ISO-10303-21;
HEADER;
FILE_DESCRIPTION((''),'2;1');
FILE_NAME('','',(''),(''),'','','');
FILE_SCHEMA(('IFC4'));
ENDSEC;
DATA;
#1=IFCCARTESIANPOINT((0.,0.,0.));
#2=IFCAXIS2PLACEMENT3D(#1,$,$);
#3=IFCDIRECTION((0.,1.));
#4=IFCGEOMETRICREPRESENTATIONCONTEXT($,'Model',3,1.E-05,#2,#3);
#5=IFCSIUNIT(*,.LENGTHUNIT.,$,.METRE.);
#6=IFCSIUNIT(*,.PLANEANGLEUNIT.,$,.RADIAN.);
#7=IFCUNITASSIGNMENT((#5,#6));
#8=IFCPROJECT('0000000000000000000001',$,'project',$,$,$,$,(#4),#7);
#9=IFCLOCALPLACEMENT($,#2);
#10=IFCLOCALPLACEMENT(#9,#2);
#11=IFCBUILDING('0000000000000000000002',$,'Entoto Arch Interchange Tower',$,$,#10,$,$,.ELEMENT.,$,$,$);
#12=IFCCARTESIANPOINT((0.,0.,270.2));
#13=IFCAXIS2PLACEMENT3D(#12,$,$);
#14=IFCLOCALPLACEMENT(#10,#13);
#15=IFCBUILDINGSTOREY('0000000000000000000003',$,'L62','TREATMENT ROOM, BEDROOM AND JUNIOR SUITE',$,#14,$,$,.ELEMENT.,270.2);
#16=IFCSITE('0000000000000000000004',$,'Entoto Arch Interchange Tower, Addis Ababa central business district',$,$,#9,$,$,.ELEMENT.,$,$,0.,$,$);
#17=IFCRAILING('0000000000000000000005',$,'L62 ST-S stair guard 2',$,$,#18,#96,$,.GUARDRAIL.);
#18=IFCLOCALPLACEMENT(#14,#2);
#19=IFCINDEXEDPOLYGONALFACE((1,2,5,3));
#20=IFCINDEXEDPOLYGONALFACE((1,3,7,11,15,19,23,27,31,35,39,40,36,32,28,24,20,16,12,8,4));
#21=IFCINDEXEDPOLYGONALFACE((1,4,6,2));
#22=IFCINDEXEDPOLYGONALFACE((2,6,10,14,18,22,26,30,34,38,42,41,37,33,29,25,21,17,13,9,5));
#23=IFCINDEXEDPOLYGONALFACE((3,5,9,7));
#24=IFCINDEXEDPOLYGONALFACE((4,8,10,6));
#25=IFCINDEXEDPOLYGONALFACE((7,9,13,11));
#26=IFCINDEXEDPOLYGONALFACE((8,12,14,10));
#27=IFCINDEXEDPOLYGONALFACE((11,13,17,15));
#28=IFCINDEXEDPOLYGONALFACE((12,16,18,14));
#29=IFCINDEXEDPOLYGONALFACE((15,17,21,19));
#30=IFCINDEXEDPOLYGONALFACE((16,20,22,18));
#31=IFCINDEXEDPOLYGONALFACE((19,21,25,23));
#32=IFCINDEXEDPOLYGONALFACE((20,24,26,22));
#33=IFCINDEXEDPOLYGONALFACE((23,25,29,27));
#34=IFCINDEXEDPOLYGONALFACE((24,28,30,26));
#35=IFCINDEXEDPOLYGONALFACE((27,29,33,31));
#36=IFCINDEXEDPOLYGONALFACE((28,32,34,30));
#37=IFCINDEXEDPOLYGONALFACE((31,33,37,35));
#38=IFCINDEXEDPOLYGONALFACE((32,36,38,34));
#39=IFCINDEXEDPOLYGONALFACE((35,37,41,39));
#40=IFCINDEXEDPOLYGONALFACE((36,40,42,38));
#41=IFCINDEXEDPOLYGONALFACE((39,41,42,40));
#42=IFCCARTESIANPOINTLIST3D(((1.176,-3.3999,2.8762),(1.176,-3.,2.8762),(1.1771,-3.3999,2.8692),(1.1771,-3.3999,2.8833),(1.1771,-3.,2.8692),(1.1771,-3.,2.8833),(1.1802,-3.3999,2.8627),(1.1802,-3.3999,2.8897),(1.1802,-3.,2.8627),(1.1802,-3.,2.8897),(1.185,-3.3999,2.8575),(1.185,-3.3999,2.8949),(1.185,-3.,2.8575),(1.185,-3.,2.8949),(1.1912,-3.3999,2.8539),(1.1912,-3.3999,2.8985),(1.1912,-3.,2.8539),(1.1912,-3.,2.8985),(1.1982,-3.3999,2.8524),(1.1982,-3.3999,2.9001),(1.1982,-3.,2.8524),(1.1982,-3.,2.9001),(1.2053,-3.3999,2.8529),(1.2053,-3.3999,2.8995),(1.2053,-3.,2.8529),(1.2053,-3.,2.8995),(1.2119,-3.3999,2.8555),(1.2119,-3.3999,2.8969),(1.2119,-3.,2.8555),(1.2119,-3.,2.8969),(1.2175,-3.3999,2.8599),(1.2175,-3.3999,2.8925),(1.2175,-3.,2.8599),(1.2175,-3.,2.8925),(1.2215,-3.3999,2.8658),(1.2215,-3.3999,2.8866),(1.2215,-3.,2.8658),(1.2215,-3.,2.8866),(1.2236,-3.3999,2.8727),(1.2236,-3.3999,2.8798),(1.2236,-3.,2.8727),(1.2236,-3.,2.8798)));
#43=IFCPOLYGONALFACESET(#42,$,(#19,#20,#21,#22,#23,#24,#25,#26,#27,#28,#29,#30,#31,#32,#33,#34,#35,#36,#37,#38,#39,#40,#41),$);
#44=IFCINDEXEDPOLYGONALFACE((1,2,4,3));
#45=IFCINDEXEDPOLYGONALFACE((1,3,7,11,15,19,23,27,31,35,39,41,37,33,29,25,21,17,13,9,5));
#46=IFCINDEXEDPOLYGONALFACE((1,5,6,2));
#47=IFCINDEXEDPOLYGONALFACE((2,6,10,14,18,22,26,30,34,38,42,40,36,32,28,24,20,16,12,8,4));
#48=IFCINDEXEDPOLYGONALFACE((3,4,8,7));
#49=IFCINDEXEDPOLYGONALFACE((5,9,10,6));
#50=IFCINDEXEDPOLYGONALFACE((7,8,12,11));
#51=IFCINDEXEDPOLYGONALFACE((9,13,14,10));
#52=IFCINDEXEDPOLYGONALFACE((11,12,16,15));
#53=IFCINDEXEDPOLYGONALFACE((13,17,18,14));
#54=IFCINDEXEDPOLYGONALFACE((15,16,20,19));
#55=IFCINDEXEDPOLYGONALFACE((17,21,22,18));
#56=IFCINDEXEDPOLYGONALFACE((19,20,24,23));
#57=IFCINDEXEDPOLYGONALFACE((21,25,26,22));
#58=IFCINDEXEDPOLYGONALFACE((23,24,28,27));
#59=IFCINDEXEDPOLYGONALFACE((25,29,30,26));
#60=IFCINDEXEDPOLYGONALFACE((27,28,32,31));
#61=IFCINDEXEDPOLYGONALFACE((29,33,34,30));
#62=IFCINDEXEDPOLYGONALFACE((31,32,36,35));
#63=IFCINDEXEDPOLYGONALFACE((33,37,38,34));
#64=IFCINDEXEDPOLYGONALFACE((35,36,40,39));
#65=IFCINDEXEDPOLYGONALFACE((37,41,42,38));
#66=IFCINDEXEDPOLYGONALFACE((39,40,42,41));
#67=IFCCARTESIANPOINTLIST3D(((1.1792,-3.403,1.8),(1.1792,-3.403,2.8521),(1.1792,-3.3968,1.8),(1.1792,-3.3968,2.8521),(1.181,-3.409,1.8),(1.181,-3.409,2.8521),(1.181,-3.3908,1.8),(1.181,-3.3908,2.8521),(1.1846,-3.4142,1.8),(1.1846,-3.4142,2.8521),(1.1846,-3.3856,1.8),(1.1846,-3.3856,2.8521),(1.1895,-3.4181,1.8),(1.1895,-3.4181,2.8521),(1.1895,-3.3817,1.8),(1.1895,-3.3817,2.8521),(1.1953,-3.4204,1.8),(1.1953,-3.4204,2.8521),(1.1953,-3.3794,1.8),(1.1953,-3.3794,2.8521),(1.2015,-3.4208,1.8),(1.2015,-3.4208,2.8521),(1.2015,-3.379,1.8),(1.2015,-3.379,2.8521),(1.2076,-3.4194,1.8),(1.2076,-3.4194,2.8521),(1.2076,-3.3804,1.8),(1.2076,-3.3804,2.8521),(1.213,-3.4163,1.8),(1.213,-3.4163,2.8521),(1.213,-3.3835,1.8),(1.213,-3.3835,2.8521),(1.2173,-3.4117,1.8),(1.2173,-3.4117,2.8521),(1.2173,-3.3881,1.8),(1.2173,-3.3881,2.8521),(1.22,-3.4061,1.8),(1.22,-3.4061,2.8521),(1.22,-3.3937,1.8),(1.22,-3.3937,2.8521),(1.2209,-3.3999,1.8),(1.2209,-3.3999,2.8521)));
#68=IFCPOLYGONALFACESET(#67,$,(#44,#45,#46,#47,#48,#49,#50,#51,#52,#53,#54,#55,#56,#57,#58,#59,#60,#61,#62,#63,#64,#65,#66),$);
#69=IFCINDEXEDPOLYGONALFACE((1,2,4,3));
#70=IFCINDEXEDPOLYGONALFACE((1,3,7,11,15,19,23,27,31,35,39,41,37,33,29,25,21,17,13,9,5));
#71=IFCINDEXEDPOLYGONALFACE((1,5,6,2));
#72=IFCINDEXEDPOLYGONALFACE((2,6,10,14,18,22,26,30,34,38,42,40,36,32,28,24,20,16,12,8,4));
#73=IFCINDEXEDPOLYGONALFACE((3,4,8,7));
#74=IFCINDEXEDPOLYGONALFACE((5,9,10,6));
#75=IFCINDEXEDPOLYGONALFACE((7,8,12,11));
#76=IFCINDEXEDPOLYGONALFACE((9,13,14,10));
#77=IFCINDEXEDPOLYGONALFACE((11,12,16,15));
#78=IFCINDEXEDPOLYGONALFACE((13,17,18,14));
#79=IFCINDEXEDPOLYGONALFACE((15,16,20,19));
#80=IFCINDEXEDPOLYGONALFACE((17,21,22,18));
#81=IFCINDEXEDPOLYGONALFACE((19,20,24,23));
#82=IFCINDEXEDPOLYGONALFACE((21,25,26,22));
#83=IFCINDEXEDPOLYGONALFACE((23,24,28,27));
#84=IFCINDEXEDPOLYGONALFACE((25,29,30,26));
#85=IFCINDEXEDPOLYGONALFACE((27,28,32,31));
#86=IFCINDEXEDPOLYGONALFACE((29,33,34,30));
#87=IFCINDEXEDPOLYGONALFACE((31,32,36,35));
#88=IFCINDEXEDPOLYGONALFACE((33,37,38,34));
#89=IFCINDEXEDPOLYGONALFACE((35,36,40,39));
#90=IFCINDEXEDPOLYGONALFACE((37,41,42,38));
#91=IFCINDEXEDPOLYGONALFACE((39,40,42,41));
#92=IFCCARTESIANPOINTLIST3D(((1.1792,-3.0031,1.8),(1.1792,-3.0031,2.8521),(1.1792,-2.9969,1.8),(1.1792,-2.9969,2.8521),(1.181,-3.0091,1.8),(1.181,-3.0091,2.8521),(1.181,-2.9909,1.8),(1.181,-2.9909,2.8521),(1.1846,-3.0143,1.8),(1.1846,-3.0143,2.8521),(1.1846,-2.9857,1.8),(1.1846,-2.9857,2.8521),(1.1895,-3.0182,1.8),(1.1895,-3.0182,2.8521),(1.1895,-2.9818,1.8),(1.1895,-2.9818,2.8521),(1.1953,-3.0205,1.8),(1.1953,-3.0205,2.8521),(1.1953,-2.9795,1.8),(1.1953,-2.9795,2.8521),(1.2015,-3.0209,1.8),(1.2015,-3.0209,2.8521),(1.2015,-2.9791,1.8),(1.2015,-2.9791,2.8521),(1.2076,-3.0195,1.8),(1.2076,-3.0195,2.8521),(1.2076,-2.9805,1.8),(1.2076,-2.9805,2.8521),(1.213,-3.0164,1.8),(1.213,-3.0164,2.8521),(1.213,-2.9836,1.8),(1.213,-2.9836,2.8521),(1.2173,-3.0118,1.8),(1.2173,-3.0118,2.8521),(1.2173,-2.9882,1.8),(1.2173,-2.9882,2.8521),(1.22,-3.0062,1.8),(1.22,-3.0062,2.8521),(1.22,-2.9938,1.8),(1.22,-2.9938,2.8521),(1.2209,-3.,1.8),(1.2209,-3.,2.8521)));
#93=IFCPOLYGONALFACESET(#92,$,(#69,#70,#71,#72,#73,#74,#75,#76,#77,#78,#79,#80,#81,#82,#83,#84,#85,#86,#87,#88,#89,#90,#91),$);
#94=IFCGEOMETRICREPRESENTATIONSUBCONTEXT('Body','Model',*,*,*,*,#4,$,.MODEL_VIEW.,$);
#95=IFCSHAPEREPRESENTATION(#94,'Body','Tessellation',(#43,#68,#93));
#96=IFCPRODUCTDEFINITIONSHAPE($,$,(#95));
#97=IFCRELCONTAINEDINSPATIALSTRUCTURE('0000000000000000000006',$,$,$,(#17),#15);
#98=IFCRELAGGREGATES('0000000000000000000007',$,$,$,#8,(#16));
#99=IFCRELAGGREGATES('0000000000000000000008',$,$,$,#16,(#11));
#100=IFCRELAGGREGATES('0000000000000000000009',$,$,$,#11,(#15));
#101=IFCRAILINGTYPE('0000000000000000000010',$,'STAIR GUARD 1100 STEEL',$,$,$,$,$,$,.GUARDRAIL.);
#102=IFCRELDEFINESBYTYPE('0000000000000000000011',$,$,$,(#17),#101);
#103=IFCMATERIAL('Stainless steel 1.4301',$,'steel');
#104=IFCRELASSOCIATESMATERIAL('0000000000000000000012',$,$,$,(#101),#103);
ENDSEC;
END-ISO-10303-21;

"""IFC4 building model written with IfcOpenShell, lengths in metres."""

from ifc_helpers import new_model, si_unit, direction, frame, origin, origin_2d, place, context, subcontext, project, spatial, circle, extrude, material, type_object, element, save


model = new_model("IFC4")

# Units and contexts
model_context = context("Model", 3, precision=1e-05, world=origin(), true_north=direction((0.0, 1.0)))
body_context = subcontext(model_context, "Body", "Model", "MODEL_VIEW")
ifc_project = project(units=[si_unit("LENGTHUNIT", "METRE"), si_unit("PLANEANGLEUNIT", "RADIAN")], contexts=[model_context])

# Site, building, storey
site_placement = place(None, origin())
site = spatial("IfcSite", under=ifc_project, at=site_placement, Name="Entoto Arch Interchange Tower, Addis Ababa central business district", CompositionType="ELEMENT", RefElevation=0.0)
building_placement = place(site_placement, origin())
building = spatial("IfcBuilding", under=site, at=building_placement, Name="Entoto Arch Interchange Tower", CompositionType="ELEMENT")
storey_placement = place(building_placement, frame((0.0, 0.0, 270.2)))
storey = spatial("IfcBuildingStorey", under=building, at=storey_placement, Name="L62", Description="TREATMENT ROOM, BEDROOM AND JUNIOR SUITE", CompositionType="ELEMENT", Elevation=270.2)

# Railing
ifc_material_1 = material(Name="Stainless steel 1.4301", Category="steel")
railing_type_1 = type_object("IfcRailingType", Name="STAIR GUARD 1100 STEEL", PredefinedType="GUARDRAIL", material=ifc_material_1)
railing_1_placement = place(storey_placement, frame((1.2, -3.3999, 1.8)))
element("IfcRailing", 1, at=railing_1_placement, inside=storey, type_object=railing_type_1, Name="L62 ST-S stair guard 2", PredefinedType="GUARDRAIL", context=body_context, shape_type="SweptSolid", body=[
    extrude(circle(Radius=0.0239, at=origin_2d()), frame((0.0, 0.0, 1.0762), z_axis=(0.0, 1.0, 0.0), x_axis=(-1.0, 0.0, 0.0)), (0.0, 0.0, 1.0), 0.3999),
    extrude(circle(Radius=0.021, at=origin_2d()), origin(), (0.0, 0.0, 1.0), 1.052),
    extrude(circle(Radius=0.021, at=origin_2d()), frame((0.0, 0.3999, 0.0)), (0.0, 0.0, 1.0), 1.052),
])

save(model, "model.ifc")
